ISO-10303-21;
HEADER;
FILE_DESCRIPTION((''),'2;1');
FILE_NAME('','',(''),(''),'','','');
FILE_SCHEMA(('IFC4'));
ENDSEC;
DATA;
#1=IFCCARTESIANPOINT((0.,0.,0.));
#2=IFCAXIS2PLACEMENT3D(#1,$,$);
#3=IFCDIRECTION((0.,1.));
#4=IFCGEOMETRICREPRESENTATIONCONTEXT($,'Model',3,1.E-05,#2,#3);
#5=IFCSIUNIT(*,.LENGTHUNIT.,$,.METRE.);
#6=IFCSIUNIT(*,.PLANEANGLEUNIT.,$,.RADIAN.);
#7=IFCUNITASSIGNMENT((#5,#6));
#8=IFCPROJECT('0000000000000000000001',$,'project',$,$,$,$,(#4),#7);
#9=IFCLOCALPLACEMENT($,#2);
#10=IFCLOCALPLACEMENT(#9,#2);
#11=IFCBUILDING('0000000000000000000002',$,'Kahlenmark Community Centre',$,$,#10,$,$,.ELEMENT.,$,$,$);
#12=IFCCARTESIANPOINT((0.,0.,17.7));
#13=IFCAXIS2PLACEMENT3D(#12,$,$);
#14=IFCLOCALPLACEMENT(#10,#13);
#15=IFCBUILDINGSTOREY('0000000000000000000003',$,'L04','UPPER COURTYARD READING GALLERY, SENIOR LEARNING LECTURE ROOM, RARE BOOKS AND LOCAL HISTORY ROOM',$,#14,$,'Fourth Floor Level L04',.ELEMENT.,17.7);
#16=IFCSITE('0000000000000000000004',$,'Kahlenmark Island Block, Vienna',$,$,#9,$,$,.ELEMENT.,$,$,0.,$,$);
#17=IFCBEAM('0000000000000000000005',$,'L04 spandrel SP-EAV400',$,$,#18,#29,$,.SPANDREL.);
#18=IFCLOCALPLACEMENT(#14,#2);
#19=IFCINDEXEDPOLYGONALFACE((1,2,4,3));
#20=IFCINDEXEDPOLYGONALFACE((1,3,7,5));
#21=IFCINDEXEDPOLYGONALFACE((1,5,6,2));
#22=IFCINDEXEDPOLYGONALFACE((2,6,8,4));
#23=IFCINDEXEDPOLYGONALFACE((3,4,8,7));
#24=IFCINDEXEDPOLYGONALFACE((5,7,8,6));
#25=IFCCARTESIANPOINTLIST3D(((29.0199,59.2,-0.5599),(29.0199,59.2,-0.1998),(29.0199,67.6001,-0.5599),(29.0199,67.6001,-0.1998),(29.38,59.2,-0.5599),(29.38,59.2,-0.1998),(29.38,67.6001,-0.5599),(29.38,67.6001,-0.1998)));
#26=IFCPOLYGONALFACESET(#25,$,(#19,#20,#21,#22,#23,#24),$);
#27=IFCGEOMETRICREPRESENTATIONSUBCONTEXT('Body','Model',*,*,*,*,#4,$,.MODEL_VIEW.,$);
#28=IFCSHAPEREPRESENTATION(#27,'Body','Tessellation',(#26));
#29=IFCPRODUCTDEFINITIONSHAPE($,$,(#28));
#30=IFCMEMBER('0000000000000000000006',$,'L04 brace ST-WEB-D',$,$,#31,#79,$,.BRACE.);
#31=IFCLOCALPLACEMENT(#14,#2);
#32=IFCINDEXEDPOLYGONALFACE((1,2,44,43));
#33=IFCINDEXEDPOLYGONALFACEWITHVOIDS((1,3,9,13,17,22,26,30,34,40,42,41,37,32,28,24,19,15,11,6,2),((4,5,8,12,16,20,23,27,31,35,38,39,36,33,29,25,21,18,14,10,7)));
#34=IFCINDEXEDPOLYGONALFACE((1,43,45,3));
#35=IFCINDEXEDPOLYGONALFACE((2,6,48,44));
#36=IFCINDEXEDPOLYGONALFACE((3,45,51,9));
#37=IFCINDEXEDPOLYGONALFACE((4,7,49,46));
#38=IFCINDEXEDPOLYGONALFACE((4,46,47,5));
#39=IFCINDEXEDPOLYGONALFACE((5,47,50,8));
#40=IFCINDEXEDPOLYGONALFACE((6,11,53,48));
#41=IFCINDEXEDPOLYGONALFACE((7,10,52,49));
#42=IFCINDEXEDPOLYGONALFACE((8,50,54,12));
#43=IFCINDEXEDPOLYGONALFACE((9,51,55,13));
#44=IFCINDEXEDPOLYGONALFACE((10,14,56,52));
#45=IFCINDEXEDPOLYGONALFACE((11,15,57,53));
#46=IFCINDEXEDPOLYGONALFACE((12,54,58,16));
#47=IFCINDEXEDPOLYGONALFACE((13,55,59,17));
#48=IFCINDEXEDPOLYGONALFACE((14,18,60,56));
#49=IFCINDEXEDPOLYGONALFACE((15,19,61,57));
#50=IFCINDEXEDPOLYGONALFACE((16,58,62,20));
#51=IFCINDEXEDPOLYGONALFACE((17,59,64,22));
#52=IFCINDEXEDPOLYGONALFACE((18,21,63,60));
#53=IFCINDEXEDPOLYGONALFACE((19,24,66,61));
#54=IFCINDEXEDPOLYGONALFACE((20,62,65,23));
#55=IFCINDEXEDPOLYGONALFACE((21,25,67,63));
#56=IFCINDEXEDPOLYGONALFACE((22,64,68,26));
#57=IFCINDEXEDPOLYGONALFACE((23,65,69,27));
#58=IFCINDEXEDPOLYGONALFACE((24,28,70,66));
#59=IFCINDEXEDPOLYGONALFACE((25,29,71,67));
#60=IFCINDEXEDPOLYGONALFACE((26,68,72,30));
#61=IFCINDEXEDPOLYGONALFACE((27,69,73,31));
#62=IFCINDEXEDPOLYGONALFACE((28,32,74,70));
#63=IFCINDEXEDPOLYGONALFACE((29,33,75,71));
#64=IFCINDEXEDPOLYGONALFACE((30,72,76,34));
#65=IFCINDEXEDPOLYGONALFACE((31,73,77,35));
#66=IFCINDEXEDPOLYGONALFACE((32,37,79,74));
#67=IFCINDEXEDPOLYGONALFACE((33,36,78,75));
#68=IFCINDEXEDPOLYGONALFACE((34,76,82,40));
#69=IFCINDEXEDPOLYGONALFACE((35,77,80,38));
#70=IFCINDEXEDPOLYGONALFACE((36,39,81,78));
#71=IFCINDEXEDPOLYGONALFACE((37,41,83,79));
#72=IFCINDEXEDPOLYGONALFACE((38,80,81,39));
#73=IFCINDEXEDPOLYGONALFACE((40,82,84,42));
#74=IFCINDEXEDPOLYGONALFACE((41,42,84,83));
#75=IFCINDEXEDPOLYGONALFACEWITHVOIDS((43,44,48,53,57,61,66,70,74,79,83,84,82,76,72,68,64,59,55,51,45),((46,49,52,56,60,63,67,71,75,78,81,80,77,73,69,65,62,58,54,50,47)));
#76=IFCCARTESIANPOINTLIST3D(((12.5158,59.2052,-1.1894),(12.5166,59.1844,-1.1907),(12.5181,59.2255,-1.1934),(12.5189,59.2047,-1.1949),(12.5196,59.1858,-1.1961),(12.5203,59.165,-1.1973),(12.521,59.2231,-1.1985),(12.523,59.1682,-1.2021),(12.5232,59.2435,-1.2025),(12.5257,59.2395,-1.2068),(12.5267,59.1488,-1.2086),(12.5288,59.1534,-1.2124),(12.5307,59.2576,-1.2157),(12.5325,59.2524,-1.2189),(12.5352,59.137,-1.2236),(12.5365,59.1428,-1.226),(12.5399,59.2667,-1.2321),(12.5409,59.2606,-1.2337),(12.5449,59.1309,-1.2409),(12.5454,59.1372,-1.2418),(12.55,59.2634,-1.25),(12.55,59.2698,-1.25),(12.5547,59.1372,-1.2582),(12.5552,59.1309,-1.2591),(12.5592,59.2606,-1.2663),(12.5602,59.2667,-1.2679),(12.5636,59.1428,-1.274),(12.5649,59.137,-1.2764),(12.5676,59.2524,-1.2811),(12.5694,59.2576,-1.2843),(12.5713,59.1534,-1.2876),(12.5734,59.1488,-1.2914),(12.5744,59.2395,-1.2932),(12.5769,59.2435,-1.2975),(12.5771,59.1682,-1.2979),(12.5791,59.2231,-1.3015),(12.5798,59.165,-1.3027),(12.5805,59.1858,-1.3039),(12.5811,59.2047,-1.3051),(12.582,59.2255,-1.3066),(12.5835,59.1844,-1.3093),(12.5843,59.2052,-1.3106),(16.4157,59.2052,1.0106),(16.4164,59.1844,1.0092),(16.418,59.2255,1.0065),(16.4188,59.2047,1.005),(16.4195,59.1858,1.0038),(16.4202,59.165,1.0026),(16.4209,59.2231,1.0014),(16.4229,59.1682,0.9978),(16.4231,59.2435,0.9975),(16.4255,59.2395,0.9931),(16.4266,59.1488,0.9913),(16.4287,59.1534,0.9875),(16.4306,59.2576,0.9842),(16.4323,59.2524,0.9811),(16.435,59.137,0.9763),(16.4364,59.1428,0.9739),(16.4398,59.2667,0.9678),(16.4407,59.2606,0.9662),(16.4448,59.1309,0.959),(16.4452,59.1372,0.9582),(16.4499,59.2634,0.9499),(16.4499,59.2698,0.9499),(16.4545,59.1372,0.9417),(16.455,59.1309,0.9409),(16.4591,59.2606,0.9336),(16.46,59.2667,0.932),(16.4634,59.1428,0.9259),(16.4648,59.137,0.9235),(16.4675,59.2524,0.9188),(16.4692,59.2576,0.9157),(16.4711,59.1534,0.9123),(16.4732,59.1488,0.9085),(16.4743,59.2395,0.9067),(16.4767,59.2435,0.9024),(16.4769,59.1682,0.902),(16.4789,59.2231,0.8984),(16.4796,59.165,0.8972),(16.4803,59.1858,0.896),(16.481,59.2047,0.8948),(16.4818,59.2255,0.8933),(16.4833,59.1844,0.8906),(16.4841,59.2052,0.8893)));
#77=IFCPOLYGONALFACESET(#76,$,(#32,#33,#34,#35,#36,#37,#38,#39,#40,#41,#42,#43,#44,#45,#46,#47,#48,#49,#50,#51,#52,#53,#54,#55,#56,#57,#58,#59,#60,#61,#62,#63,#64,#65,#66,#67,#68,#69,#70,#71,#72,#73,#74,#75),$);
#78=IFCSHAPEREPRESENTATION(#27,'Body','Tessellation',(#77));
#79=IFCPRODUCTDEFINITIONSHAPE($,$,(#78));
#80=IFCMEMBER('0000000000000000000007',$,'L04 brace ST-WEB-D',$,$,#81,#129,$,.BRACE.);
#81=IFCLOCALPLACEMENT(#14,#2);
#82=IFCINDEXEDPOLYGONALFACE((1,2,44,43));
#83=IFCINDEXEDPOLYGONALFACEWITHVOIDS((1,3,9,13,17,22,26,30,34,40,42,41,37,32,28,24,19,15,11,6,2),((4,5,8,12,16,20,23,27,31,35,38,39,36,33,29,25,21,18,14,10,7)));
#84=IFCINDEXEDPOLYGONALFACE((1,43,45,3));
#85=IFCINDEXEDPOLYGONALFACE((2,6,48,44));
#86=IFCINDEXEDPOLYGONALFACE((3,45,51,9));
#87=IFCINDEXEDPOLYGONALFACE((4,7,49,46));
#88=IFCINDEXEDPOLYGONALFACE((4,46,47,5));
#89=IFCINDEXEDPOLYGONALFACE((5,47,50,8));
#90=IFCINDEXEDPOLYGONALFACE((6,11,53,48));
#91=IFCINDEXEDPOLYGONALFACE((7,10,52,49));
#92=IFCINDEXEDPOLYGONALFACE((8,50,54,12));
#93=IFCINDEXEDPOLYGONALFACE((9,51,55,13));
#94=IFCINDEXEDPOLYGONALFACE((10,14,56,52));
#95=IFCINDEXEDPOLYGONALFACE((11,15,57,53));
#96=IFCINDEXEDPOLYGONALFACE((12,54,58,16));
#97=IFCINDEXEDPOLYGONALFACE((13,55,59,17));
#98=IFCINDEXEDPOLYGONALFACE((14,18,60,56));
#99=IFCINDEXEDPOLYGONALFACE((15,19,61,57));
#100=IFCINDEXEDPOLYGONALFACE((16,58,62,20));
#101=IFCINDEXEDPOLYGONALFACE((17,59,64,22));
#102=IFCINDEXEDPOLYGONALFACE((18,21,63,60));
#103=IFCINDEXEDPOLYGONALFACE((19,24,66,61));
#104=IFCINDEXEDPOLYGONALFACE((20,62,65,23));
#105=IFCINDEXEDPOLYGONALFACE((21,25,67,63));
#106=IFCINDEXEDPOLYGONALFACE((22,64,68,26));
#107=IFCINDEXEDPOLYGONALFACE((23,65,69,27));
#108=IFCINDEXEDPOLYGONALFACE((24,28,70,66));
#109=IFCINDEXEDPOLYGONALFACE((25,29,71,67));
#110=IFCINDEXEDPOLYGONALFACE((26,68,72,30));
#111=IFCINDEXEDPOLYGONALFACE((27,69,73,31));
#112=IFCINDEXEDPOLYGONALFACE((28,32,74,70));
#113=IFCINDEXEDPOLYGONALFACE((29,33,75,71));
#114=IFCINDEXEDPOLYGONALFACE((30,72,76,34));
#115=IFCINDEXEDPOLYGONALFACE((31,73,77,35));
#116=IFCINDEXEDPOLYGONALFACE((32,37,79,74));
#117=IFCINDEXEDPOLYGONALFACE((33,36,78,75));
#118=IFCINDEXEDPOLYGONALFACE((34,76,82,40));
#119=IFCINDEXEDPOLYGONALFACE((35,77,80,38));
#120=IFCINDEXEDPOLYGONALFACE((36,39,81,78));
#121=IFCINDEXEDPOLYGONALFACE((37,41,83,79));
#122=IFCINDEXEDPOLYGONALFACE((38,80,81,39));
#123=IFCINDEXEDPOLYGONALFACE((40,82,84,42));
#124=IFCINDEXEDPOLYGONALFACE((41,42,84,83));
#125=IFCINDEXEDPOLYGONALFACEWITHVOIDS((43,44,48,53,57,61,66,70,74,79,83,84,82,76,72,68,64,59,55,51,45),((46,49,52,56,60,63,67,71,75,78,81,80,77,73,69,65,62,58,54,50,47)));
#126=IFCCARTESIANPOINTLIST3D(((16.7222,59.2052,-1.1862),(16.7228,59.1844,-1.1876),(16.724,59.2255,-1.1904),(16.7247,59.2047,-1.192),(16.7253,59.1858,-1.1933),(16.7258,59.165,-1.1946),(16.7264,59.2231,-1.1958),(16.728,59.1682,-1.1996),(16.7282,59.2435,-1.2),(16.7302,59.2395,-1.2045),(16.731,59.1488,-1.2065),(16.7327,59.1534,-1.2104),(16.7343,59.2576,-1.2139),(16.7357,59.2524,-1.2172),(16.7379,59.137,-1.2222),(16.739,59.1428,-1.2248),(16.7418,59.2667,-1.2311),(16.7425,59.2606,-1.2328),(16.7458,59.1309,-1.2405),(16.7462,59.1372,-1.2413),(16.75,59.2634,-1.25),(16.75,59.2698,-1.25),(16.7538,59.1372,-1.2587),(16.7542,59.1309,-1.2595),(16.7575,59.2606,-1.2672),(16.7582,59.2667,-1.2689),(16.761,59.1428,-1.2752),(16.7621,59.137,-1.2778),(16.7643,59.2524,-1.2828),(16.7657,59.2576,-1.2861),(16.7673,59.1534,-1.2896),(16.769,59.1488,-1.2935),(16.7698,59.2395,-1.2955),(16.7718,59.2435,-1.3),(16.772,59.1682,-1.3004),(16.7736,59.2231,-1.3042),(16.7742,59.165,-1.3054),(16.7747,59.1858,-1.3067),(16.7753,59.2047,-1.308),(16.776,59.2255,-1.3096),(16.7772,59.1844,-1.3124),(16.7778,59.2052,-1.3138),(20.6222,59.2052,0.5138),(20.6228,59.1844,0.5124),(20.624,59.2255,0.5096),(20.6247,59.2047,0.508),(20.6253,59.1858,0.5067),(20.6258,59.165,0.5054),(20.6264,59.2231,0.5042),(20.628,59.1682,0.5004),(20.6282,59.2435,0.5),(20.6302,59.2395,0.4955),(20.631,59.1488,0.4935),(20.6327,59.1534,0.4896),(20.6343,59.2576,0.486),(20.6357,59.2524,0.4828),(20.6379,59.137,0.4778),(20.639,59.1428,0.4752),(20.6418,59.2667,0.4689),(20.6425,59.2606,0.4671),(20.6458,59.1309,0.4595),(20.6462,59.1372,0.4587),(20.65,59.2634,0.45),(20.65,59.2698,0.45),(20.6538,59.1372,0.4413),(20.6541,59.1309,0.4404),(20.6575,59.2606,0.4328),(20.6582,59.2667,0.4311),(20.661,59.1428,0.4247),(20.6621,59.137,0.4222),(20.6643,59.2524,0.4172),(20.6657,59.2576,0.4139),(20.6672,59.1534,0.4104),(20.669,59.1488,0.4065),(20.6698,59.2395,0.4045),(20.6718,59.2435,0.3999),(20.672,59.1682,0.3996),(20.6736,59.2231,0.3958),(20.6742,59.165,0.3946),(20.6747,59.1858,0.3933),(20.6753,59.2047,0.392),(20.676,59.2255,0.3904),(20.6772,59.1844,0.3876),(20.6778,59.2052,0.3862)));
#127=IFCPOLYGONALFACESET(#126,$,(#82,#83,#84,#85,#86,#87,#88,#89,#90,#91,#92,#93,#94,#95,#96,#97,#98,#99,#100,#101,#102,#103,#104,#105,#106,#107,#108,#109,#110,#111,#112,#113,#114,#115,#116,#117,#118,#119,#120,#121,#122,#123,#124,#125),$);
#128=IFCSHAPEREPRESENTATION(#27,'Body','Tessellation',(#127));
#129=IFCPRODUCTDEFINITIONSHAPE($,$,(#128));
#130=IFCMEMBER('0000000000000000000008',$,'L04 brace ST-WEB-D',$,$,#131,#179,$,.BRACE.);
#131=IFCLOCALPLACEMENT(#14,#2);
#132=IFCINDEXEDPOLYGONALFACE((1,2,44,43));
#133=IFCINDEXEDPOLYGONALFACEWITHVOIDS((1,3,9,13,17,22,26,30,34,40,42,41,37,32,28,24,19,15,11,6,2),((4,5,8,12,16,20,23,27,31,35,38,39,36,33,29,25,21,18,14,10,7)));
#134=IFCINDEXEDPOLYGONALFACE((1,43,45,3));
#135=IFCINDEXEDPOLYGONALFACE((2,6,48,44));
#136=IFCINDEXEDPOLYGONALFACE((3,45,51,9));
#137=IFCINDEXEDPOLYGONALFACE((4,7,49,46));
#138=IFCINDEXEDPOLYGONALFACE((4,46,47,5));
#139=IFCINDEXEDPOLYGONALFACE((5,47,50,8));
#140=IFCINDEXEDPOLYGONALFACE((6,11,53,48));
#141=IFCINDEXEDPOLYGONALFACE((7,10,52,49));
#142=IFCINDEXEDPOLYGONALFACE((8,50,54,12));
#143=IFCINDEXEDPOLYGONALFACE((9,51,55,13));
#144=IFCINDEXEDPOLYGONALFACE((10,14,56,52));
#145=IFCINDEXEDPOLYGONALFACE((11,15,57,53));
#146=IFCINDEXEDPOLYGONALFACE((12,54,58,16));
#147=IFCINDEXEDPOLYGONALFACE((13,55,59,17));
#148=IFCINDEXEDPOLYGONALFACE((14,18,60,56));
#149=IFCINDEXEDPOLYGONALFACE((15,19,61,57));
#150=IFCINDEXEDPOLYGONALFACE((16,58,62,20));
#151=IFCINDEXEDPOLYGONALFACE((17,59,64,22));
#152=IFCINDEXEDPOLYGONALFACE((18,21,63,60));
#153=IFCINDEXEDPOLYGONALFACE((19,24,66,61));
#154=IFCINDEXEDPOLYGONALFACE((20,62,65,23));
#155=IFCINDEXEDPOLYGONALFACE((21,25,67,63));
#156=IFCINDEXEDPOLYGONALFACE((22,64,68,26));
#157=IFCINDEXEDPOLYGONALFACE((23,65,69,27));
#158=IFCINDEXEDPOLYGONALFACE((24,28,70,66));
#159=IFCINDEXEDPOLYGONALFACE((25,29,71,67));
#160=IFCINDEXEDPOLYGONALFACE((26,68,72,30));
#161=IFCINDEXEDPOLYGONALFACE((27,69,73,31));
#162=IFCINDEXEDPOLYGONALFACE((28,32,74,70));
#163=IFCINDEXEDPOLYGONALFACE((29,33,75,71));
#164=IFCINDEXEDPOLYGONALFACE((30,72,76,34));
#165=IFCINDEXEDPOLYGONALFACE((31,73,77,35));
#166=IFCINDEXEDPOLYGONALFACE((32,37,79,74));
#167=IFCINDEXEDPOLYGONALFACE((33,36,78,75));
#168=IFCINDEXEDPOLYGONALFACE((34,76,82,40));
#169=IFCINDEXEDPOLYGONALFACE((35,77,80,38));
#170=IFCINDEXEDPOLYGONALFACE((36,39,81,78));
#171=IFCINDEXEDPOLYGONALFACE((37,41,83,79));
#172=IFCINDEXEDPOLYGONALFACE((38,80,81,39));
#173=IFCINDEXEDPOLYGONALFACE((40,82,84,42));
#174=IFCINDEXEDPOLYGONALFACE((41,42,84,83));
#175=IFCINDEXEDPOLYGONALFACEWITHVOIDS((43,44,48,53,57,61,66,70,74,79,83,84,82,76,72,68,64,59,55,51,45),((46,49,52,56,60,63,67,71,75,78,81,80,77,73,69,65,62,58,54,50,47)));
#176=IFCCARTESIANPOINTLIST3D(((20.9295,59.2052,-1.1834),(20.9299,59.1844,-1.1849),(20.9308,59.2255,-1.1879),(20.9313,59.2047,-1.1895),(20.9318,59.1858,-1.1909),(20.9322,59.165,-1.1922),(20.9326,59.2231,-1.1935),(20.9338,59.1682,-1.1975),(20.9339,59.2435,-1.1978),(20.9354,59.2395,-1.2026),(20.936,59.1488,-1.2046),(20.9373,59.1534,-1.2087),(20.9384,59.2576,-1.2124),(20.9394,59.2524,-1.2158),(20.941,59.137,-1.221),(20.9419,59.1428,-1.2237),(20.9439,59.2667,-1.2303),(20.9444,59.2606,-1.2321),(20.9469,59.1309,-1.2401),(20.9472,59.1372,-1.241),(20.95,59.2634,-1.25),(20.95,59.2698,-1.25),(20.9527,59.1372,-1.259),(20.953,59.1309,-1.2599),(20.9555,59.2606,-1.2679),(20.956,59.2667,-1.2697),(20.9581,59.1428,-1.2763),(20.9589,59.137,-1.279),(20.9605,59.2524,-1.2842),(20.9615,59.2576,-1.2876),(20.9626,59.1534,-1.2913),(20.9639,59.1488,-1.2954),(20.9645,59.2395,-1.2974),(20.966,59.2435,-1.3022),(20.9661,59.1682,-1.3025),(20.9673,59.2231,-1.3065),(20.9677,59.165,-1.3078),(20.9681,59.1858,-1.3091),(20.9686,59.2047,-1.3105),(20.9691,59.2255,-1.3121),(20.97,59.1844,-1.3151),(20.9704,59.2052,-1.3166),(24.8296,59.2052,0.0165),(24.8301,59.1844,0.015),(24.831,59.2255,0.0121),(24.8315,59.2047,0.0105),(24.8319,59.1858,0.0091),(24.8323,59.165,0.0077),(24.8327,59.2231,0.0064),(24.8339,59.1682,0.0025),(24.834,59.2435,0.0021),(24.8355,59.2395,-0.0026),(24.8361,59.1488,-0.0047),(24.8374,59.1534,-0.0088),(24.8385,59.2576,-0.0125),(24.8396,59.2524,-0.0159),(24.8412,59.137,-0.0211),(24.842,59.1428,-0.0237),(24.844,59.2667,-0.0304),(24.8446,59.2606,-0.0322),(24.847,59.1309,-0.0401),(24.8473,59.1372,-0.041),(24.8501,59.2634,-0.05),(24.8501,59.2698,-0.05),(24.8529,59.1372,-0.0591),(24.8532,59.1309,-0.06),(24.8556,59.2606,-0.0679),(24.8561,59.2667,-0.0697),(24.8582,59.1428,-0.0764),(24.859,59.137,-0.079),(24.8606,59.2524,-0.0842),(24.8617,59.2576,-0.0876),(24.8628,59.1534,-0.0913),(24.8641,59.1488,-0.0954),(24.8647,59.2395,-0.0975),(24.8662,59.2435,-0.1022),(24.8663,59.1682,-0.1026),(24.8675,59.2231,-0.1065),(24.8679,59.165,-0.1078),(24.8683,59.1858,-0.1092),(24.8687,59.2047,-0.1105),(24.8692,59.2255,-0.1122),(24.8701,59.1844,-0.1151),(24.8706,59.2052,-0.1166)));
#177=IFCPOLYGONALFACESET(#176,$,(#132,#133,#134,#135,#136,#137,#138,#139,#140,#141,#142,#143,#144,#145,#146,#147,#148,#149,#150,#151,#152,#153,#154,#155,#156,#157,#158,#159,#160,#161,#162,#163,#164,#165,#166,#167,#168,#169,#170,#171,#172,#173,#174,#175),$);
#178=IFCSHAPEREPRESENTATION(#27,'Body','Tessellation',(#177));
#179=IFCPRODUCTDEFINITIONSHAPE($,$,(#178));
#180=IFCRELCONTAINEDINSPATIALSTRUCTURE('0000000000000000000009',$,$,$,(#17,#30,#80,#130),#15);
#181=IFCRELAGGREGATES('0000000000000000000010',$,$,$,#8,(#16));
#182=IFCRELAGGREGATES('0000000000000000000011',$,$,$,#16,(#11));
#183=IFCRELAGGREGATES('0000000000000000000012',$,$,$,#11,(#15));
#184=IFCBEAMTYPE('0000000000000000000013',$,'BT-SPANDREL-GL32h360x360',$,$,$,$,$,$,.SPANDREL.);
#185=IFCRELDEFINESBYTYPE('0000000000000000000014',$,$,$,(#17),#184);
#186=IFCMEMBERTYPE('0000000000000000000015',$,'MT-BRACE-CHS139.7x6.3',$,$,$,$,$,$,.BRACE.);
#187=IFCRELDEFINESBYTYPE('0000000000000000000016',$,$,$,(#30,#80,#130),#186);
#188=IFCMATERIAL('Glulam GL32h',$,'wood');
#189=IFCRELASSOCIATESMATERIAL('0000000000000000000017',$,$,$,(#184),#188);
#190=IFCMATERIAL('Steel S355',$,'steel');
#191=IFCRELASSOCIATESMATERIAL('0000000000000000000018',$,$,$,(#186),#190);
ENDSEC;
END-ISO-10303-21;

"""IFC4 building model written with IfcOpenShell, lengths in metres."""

from ifc_helpers import new_model, si_unit, direction, frame, origin, origin_2d, place, context, subcontext, project, spatial, rectangle, hollow_circle, extrude, material, material_profile, profile_set, type_object, element, save


model = new_model("IFC4")

# Units and contexts
model_context = context("Model", 3, precision=1e-05, world=origin(), true_north=direction((0.0, 1.0)))
body_context = subcontext(model_context, "Body", "Model", "MODEL_VIEW")
ifc_project = project(units=[si_unit("LENGTHUNIT", "METRE"), si_unit("PLANEANGLEUNIT", "RADIAN")], contexts=[model_context])

# Site, building, storey
site_placement = place(None, origin())
site = spatial("IfcSite", under=ifc_project, at=site_placement, Name="Kahlenmark Island Block, Vienna", CompositionType="ELEMENT", RefElevation=0.0)
building_placement = place(site_placement, origin())
building = spatial("IfcBuilding", under=site, at=building_placement, Name="Kahlenmark Community Centre", CompositionType="ELEMENT")
storey_placement = place(building_placement, frame((0.0, 0.0, 17.7)))
storey = spatial("IfcBuildingStorey", under=building, at=storey_placement, Name="L04", Description="UPPER COURTYARD READING GALLERY, SENIOR LEARNING LECTURE ROOM, RARE BOOKS AND LOCAL HISTORY ROOM", LongName="Fourth Floor Level L04", CompositionType="ELEMENT", Elevation=17.7)

# Beam
ifc_material_1 = material(Name="Glulam GL32h", Category="wood")
ifc_material_profile_1 = material_profile(ifc_material_1, rectangle(XDim=0.3601, YDim=0.3601, at=origin_2d()), Name="GL32h 360x360")
ifc_profile_set_1 = profile_set([ifc_material_profile_1], Name="Glulam GL32h")
beam_type = type_object("IfcBeamType", Name="BT-SPANDREL-GL32h360x360", PredefinedType="SPANDREL", material=ifc_profile_set_1)
beam_placement = place(storey_placement, frame((29.2, 59.2, -0.3799), z_axis=(0.0, 1.0, 0.0), x_axis=(-1.0, 0.0, 0.0)))
element("IfcBeam", 1, at=beam_placement, inside=storey, type_object=beam_type, Name="L04 spandrel SP-EAV400", PredefinedType="SPANDREL", context=body_context, shape_type="SweptSolid", body=[
    extrude(rectangle(XDim=0.3601, YDim=0.3601, at=origin_2d()), origin(), (0.0, 0.0, 1.0), 8.4001),
])

# Members
ifc_material_2 = material(Name="Steel S355", Category="steel")
ifc_material_profile_2 = material_profile(ifc_material_2, hollow_circle(Radius=0.0698, WallThickness=0.0063, at=origin_2d()), Name="CHS 139.7x6.3")
ifc_profile_set_2 = profile_set([ifc_material_profile_2], Name="Steel S355")
member_type_1 = type_object("IfcMemberType", Name="MT-BRACE-CHS139.7x6.3", PredefinedType="BRACE", material=ifc_profile_set_2)
member_1_placement = place(storey_placement, frame((12.55, 59.2, -1.25), z_axis=(0.870978, 0.0, 0.491322), x_axis=(0.0, 1.0, 0.0)))
element("IfcMember", 2, at=member_1_placement, inside=storey, type_object=member_type_1, Name="L04 brace ST-WEB-D", PredefinedType="BRACE", context=body_context, shape_type="SweptSolid", body=[
    extrude(hollow_circle(Radius=0.0698, WallThickness=0.0063, at=origin_2d()), origin(), (0.0, 0.0, 1.0), 4.4775),
])
member_2_placement = place(storey_placement, frame((16.75, 59.2, -1.25), z_axis=(0.916697, 0.0, 0.399584), x_axis=(0.0, 1.0, 0.0)))
element("IfcMember", 3, at=member_2_placement, inside=storey, type_object=member_type_1, Name="L04 brace ST-WEB-D", PredefinedType="BRACE", context=body_context, shape_type="SweptSolid", body=[
    extrude(hollow_circle(Radius=0.0698, WallThickness=0.0063, at=origin_2d()), origin(), (0.0, 0.0, 1.0), 4.2544),
])
member_3_placement = place(storey_placement, frame((20.95, 59.2, -1.25), z_axis=(0.955785, 0.0, 0.294065), x_axis=(0.0, 1.0, 0.0)))
element("IfcMember", 4, at=member_3_placement, inside=storey, type_object=member_type_1, Name="L04 brace ST-WEB-D", PredefinedType="BRACE", context=body_context, shape_type="SweptSolid", body=[
    extrude(hollow_circle(Radius=0.0698, WallThickness=0.0063, at=origin_2d()), origin(), (0.0, 0.0, 1.0), 4.0806),
])

save(model, "model.ifc")
